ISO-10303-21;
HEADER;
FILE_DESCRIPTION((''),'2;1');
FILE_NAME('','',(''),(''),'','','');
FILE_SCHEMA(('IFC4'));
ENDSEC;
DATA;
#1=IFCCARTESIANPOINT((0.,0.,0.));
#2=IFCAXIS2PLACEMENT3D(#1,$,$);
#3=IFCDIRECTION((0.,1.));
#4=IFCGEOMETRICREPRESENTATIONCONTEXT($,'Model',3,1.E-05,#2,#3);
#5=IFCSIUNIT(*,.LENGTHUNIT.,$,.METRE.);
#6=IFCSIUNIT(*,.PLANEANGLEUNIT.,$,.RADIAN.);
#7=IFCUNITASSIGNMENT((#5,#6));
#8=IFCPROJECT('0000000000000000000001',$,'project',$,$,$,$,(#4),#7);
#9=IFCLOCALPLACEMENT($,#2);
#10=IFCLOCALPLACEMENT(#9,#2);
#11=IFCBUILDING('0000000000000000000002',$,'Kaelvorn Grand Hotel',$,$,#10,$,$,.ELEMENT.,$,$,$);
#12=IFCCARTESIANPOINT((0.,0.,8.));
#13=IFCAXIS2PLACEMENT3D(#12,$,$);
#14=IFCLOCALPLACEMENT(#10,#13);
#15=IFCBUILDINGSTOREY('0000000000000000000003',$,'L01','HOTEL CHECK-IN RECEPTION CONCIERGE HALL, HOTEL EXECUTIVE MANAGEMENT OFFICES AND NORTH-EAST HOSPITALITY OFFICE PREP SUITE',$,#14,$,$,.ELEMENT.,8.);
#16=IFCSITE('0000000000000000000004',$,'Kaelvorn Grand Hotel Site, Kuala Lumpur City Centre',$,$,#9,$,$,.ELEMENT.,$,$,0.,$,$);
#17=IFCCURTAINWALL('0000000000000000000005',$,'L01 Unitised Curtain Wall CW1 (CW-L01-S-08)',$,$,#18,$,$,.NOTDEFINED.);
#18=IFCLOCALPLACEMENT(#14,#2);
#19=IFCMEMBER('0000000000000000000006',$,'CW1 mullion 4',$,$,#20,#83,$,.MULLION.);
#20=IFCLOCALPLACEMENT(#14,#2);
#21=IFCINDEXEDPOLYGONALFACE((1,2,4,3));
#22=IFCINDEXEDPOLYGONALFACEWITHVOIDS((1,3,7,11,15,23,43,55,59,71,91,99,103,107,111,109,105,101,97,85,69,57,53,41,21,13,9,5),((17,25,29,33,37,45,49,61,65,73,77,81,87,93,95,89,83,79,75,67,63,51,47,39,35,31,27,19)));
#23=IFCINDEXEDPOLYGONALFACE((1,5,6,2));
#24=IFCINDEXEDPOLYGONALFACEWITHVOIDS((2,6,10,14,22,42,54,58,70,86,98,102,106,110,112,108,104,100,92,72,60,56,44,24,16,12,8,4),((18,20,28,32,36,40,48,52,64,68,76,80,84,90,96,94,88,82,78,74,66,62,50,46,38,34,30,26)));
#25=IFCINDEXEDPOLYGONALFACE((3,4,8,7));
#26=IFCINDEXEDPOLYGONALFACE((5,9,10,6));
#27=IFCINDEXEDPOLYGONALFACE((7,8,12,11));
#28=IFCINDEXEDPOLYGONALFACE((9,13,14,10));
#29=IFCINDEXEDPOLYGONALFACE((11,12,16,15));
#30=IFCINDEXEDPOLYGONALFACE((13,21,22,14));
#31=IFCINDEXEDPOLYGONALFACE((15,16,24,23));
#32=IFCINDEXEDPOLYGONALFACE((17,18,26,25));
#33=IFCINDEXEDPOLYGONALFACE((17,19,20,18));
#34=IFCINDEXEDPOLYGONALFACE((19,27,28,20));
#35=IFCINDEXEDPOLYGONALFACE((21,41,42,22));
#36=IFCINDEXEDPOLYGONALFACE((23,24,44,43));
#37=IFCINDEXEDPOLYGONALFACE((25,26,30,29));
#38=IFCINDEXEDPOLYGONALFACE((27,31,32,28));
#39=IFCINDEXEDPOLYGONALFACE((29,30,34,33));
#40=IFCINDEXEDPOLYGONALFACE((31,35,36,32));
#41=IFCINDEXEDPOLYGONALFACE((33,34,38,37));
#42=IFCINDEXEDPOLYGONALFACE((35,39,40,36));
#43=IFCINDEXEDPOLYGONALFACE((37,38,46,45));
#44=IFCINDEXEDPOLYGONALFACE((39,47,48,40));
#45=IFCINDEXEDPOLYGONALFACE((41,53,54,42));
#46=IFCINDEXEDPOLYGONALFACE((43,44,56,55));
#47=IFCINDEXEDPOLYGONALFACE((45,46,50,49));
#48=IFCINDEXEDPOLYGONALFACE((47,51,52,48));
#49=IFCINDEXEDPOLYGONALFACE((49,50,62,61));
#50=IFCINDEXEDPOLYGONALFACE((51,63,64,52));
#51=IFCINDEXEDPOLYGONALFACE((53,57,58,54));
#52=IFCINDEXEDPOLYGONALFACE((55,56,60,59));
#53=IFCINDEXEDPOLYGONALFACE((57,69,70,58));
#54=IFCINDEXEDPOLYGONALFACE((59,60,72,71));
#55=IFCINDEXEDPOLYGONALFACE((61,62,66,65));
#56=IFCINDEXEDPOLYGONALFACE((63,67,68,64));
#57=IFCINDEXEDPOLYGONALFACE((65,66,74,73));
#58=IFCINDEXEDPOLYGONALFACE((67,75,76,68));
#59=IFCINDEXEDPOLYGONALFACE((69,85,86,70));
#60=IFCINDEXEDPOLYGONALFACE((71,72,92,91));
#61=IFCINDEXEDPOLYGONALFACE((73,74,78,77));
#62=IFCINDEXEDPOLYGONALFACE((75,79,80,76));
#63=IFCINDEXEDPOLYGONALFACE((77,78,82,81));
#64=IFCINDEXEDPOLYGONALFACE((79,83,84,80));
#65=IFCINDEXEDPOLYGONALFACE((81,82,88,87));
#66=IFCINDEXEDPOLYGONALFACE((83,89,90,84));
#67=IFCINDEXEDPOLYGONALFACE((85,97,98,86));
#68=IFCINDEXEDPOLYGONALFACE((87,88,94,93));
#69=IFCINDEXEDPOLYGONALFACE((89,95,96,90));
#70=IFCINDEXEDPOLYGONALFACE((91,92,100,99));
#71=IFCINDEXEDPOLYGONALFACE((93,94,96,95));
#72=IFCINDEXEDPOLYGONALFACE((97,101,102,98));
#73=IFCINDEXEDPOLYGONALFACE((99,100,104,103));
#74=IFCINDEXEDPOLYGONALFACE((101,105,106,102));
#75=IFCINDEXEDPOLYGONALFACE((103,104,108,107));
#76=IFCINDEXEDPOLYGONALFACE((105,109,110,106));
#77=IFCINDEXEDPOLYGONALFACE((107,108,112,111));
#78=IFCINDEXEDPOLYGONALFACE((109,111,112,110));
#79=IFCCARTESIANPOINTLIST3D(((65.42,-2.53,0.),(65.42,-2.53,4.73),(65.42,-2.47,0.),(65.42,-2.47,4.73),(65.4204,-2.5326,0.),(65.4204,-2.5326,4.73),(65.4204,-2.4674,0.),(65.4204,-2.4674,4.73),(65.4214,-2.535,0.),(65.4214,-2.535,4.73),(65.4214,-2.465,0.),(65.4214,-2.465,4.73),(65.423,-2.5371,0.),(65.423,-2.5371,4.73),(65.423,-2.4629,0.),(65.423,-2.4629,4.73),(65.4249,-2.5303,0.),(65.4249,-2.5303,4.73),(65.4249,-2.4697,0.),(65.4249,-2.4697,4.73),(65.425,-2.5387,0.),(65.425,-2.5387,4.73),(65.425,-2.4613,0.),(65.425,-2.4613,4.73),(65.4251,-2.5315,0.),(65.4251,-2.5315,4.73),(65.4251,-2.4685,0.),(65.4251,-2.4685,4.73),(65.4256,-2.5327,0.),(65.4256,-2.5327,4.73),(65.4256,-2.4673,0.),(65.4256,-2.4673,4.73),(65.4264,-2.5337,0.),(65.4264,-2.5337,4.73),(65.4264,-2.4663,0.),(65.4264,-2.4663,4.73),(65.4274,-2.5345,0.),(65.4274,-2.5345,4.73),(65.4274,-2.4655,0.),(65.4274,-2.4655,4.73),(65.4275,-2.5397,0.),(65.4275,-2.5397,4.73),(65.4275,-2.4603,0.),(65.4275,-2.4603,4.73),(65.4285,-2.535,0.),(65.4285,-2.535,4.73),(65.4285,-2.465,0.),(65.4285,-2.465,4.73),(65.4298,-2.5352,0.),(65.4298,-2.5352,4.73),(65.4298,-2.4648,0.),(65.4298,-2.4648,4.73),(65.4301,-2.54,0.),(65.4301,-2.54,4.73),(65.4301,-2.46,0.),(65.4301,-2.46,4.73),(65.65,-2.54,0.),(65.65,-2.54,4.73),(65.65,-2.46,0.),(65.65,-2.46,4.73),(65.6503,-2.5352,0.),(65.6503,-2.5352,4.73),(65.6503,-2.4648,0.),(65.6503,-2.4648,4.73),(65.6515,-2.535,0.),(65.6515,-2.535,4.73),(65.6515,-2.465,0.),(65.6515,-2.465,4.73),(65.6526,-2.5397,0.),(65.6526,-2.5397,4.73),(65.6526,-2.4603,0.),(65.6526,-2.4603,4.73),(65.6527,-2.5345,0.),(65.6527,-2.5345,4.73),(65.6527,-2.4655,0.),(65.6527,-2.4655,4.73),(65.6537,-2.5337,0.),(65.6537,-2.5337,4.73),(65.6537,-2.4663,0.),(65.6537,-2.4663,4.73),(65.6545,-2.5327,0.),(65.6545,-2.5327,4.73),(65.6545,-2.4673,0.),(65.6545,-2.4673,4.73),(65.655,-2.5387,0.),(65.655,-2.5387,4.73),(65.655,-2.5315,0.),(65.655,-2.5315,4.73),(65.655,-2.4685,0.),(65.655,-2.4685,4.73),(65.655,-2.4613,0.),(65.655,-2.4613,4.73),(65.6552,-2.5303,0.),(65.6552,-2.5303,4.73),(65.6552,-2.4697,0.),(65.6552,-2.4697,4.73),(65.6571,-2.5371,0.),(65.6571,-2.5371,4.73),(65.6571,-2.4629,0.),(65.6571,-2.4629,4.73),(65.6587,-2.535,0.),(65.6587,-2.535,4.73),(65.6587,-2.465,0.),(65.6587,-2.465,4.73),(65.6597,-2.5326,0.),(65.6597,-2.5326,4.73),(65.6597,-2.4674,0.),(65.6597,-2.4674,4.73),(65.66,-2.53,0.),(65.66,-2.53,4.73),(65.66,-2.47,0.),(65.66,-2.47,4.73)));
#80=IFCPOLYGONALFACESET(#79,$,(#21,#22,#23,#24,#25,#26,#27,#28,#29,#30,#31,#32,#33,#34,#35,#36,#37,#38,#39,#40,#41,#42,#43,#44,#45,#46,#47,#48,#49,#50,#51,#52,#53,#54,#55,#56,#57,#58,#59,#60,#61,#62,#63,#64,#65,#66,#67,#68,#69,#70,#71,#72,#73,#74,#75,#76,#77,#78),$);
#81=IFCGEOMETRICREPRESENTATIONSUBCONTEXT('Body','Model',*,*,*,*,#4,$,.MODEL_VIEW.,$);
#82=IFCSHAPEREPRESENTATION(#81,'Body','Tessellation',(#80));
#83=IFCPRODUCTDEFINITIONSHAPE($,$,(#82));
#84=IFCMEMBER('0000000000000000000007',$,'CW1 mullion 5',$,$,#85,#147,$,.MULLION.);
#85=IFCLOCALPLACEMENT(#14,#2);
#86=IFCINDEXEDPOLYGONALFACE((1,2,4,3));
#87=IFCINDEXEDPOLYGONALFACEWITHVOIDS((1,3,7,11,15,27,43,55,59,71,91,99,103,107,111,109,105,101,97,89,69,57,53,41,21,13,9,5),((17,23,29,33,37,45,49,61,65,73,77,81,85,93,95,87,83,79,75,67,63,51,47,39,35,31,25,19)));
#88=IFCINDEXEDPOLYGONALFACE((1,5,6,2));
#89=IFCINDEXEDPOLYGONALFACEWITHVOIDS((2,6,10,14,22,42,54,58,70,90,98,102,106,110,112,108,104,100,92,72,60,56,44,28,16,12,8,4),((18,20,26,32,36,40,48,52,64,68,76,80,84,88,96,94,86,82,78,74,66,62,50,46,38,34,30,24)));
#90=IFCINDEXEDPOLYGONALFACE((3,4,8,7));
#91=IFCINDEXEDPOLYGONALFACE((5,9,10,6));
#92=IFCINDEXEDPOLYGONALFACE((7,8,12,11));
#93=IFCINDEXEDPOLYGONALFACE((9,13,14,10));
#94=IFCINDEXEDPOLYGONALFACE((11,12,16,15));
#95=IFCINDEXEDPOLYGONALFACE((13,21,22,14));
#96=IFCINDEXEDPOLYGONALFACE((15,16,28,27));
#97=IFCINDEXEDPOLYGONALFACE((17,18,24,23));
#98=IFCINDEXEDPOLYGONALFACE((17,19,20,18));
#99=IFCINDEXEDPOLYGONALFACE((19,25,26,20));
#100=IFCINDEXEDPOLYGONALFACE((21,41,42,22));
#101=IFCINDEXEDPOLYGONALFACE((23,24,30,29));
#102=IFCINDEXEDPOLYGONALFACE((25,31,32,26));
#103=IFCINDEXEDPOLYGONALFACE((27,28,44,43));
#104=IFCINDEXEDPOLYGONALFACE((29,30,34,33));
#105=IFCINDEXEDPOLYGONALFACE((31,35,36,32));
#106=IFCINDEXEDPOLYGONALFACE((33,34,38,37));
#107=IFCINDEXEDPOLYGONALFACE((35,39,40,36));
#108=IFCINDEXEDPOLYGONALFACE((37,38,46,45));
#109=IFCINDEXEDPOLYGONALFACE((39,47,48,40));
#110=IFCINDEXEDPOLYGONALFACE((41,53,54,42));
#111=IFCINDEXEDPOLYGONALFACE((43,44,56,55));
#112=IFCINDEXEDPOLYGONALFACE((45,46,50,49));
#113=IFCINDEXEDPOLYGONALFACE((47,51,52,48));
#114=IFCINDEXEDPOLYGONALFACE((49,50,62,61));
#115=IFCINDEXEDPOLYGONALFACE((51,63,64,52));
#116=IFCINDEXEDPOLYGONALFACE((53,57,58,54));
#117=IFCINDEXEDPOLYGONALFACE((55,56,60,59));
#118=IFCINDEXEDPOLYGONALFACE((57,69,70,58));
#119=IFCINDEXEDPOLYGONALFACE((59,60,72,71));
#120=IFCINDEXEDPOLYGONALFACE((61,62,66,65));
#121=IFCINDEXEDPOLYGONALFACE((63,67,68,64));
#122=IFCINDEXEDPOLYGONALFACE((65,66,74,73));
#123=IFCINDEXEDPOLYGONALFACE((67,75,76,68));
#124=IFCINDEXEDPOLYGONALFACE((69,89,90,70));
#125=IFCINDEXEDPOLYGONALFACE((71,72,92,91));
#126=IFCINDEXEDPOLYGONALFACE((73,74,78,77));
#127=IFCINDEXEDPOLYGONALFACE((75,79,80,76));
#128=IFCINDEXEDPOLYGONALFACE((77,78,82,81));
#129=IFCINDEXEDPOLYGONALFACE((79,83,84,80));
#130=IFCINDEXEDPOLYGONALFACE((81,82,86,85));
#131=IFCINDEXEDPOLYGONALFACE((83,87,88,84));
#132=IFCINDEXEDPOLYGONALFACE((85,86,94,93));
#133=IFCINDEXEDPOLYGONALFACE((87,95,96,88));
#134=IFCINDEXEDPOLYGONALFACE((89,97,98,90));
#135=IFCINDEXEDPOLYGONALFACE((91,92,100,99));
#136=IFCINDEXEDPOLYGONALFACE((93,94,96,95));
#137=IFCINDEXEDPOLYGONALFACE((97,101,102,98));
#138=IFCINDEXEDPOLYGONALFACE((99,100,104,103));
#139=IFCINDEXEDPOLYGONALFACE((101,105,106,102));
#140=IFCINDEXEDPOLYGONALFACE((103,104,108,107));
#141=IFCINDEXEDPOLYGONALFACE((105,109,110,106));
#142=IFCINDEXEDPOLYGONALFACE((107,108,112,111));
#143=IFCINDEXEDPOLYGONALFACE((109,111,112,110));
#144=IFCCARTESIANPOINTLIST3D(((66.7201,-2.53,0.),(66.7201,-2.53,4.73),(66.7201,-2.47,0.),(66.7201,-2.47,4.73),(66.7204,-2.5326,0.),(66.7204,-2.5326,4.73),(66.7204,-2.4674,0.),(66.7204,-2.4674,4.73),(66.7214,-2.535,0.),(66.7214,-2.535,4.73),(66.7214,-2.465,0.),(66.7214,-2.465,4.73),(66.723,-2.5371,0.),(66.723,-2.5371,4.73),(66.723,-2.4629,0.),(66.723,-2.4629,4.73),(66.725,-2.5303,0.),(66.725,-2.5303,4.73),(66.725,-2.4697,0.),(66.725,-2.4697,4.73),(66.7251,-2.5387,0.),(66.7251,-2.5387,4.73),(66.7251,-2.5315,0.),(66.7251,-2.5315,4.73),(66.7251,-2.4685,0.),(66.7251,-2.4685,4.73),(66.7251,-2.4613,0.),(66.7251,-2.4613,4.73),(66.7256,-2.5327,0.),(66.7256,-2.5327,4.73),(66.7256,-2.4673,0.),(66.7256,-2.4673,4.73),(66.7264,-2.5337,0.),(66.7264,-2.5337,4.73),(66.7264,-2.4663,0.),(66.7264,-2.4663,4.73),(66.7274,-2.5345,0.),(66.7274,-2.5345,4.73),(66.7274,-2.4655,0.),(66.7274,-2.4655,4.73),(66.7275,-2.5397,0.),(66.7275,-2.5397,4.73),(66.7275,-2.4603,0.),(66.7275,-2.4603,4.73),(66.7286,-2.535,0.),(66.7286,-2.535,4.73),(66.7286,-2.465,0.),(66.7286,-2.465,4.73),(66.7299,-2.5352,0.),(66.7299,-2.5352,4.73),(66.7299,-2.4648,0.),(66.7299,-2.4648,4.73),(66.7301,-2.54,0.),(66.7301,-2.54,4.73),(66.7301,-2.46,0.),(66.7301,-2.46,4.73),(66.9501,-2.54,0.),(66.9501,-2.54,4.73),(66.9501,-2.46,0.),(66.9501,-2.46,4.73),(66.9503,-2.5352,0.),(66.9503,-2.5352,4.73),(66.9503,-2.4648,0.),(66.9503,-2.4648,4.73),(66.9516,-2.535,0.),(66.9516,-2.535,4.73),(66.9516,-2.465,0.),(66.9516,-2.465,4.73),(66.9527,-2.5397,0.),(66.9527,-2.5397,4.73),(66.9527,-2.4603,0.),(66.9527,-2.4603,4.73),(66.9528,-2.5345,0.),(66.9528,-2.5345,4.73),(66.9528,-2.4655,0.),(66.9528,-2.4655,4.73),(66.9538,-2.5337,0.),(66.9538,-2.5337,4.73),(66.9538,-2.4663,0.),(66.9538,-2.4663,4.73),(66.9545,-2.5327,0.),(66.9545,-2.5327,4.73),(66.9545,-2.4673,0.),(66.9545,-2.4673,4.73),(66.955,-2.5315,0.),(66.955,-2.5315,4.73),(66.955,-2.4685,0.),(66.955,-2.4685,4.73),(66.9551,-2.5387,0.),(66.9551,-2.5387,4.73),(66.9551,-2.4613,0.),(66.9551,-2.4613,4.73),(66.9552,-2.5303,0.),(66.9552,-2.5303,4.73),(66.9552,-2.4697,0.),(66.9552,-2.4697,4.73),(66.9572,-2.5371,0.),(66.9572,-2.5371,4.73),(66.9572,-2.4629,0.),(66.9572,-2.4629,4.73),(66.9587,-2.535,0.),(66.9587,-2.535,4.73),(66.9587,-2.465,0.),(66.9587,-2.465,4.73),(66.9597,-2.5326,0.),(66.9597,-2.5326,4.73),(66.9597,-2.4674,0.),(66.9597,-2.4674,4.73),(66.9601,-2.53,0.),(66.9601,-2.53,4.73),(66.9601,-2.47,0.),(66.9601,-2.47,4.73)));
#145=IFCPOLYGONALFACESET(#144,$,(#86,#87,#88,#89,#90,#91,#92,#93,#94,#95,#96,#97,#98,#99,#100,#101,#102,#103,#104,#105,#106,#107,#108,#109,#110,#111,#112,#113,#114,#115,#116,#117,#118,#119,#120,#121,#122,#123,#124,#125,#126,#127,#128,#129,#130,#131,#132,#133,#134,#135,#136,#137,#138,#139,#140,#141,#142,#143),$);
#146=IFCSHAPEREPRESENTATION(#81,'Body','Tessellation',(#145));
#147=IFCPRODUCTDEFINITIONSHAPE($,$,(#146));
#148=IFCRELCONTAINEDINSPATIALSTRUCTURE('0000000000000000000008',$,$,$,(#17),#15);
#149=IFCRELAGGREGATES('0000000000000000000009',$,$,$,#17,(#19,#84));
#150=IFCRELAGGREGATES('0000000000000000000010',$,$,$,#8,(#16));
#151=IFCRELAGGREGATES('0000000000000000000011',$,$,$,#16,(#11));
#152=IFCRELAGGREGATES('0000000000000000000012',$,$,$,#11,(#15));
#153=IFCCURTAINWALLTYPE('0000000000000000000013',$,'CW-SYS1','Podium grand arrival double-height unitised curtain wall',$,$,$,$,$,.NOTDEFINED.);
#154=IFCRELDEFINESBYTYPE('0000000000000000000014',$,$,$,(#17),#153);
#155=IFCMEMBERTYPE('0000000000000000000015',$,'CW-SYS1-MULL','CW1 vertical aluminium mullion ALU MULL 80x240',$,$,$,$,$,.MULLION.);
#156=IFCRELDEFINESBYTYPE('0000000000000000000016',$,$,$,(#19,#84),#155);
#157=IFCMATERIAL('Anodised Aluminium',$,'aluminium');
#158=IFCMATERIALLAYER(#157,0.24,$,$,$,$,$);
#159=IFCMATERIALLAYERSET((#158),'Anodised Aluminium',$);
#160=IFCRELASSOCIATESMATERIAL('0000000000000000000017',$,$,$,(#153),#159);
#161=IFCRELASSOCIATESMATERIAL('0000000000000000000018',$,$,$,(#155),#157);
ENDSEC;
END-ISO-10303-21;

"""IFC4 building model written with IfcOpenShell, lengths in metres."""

from ifc_helpers import new_model, si_unit, direction, frame, origin, origin_2d, place, context, subcontext, project, spatial, hollow_rectangle, extrude, material, layer, layer_set, material_profile, profile_set, type_object, element, aggregate, save


model = new_model("IFC4")

# Units and contexts
model_context = context("Model", 3, precision=1e-05, world=origin(), true_north=direction((0.0, 1.0)))
body_context = subcontext(model_context, "Body", "Model", "MODEL_VIEW")
ifc_project = project(units=[si_unit("LENGTHUNIT", "METRE"), si_unit("PLANEANGLEUNIT", "RADIAN")], contexts=[model_context])

# Site, building, storey
site_placement = place(None, origin())
site = spatial("IfcSite", under=ifc_project, at=site_placement, Name="Kaelvorn Grand Hotel Site, Kuala Lumpur City Centre", CompositionType="ELEMENT", RefElevation=0.0)
building_placement = place(site_placement, origin())
building = spatial("IfcBuilding", under=site, at=building_placement, Name="Kaelvorn Grand Hotel", CompositionType="ELEMENT")
storey_placement = place(building_placement, frame((0.0, 0.0, 8.0)))
storey = spatial("IfcBuildingStorey", under=building, at=storey_placement, Name="L01", Description="HOTEL CHECK-IN RECEPTION CONCIERGE HALL, HOTEL EXECUTIVE MANAGEMENT OFFICES AND NORTH-EAST HOSPITALITY OFFICE PREP SUITE", CompositionType="ELEMENT", Elevation=8.0)

# Curtain wall, members
ifc_material_1 = material(Name="Anodised Aluminium", Category="aluminium")
ifc_layer_1 = layer(ifc_material_1, 0.24)
ifc_layer_set_1 = layer_set([ifc_layer_1], Name="Anodised Aluminium")
curtain_wall_type = type_object("IfcCurtainWallType", Name="CW-SYS1", Description="Podium grand arrival double-height unitised curtain wall", PredefinedType="NOTDEFINED", material=ifc_layer_set_1)
curtain_wall_1_placement = place(storey_placement, origin())
curtain_wall_1 = element("IfcCurtainWall", 1, at=curtain_wall_1_placement, inside=storey, type_object=curtain_wall_type, Name="L01 Unitised Curtain Wall CW1 (CW-L01-S-08)", PredefinedType="NOTDEFINED")
ifc_material_profile_1 = material_profile(ifc_material_1, hollow_rectangle(XDim=0.0801, YDim=0.24, WallThickness=0.0049, InnerFilletRadius=0.0049, OuterFilletRadius=0.01, at=origin_2d()), Name="ALU MULL 80x240")
ifc_profile_set_1 = profile_set([ifc_material_profile_1], Name="Anodised Aluminium")
member_type_1 = type_object("IfcMemberType", Name="CW-SYS1-MULL", Description="CW1 vertical aluminium mullion ALU MULL 80x240", PredefinedType="MULLION", material=ifc_profile_set_1)
member_1_placement = place(storey_placement, frame((65.54, -2.5, 0.0), z_axis=(0.0, 0.0, 1.0), x_axis=(0.0, 1.0, 0.0)))
member_1 = element("IfcMember", 2, at=member_1_placement, type_object=member_type_1, Name="CW1 mullion 4", PredefinedType="MULLION", context=body_context, shape_type="SweptSolid", body=[
    extrude(hollow_rectangle(XDim=0.0801, YDim=0.24, WallThickness=0.0049, InnerFilletRadius=0.0049, OuterFilletRadius=0.01, at=origin_2d()), origin(), (0.0, 0.0, 1.0), 4.73),
])
member_2_placement = place(storey_placement, frame((66.8401, -2.5, 0.0), z_axis=(0.0, 0.0, 1.0), x_axis=(0.0, 1.0, 0.0)))
member_2 = element("IfcMember", 3, at=member_2_placement, type_object=member_type_1, Name="CW1 mullion 5", PredefinedType="MULLION", context=body_context, shape_type="SweptSolid", body=[
    extrude(hollow_rectangle(XDim=0.0801, YDim=0.24, WallThickness=0.0049, InnerFilletRadius=0.0049, OuterFilletRadius=0.01, at=origin_2d()), origin(), (0.0, 0.0, 1.0), 4.73),
])

aggregate(curtain_wall_1, [member_1, member_2])

save(model, "model.ifc")
